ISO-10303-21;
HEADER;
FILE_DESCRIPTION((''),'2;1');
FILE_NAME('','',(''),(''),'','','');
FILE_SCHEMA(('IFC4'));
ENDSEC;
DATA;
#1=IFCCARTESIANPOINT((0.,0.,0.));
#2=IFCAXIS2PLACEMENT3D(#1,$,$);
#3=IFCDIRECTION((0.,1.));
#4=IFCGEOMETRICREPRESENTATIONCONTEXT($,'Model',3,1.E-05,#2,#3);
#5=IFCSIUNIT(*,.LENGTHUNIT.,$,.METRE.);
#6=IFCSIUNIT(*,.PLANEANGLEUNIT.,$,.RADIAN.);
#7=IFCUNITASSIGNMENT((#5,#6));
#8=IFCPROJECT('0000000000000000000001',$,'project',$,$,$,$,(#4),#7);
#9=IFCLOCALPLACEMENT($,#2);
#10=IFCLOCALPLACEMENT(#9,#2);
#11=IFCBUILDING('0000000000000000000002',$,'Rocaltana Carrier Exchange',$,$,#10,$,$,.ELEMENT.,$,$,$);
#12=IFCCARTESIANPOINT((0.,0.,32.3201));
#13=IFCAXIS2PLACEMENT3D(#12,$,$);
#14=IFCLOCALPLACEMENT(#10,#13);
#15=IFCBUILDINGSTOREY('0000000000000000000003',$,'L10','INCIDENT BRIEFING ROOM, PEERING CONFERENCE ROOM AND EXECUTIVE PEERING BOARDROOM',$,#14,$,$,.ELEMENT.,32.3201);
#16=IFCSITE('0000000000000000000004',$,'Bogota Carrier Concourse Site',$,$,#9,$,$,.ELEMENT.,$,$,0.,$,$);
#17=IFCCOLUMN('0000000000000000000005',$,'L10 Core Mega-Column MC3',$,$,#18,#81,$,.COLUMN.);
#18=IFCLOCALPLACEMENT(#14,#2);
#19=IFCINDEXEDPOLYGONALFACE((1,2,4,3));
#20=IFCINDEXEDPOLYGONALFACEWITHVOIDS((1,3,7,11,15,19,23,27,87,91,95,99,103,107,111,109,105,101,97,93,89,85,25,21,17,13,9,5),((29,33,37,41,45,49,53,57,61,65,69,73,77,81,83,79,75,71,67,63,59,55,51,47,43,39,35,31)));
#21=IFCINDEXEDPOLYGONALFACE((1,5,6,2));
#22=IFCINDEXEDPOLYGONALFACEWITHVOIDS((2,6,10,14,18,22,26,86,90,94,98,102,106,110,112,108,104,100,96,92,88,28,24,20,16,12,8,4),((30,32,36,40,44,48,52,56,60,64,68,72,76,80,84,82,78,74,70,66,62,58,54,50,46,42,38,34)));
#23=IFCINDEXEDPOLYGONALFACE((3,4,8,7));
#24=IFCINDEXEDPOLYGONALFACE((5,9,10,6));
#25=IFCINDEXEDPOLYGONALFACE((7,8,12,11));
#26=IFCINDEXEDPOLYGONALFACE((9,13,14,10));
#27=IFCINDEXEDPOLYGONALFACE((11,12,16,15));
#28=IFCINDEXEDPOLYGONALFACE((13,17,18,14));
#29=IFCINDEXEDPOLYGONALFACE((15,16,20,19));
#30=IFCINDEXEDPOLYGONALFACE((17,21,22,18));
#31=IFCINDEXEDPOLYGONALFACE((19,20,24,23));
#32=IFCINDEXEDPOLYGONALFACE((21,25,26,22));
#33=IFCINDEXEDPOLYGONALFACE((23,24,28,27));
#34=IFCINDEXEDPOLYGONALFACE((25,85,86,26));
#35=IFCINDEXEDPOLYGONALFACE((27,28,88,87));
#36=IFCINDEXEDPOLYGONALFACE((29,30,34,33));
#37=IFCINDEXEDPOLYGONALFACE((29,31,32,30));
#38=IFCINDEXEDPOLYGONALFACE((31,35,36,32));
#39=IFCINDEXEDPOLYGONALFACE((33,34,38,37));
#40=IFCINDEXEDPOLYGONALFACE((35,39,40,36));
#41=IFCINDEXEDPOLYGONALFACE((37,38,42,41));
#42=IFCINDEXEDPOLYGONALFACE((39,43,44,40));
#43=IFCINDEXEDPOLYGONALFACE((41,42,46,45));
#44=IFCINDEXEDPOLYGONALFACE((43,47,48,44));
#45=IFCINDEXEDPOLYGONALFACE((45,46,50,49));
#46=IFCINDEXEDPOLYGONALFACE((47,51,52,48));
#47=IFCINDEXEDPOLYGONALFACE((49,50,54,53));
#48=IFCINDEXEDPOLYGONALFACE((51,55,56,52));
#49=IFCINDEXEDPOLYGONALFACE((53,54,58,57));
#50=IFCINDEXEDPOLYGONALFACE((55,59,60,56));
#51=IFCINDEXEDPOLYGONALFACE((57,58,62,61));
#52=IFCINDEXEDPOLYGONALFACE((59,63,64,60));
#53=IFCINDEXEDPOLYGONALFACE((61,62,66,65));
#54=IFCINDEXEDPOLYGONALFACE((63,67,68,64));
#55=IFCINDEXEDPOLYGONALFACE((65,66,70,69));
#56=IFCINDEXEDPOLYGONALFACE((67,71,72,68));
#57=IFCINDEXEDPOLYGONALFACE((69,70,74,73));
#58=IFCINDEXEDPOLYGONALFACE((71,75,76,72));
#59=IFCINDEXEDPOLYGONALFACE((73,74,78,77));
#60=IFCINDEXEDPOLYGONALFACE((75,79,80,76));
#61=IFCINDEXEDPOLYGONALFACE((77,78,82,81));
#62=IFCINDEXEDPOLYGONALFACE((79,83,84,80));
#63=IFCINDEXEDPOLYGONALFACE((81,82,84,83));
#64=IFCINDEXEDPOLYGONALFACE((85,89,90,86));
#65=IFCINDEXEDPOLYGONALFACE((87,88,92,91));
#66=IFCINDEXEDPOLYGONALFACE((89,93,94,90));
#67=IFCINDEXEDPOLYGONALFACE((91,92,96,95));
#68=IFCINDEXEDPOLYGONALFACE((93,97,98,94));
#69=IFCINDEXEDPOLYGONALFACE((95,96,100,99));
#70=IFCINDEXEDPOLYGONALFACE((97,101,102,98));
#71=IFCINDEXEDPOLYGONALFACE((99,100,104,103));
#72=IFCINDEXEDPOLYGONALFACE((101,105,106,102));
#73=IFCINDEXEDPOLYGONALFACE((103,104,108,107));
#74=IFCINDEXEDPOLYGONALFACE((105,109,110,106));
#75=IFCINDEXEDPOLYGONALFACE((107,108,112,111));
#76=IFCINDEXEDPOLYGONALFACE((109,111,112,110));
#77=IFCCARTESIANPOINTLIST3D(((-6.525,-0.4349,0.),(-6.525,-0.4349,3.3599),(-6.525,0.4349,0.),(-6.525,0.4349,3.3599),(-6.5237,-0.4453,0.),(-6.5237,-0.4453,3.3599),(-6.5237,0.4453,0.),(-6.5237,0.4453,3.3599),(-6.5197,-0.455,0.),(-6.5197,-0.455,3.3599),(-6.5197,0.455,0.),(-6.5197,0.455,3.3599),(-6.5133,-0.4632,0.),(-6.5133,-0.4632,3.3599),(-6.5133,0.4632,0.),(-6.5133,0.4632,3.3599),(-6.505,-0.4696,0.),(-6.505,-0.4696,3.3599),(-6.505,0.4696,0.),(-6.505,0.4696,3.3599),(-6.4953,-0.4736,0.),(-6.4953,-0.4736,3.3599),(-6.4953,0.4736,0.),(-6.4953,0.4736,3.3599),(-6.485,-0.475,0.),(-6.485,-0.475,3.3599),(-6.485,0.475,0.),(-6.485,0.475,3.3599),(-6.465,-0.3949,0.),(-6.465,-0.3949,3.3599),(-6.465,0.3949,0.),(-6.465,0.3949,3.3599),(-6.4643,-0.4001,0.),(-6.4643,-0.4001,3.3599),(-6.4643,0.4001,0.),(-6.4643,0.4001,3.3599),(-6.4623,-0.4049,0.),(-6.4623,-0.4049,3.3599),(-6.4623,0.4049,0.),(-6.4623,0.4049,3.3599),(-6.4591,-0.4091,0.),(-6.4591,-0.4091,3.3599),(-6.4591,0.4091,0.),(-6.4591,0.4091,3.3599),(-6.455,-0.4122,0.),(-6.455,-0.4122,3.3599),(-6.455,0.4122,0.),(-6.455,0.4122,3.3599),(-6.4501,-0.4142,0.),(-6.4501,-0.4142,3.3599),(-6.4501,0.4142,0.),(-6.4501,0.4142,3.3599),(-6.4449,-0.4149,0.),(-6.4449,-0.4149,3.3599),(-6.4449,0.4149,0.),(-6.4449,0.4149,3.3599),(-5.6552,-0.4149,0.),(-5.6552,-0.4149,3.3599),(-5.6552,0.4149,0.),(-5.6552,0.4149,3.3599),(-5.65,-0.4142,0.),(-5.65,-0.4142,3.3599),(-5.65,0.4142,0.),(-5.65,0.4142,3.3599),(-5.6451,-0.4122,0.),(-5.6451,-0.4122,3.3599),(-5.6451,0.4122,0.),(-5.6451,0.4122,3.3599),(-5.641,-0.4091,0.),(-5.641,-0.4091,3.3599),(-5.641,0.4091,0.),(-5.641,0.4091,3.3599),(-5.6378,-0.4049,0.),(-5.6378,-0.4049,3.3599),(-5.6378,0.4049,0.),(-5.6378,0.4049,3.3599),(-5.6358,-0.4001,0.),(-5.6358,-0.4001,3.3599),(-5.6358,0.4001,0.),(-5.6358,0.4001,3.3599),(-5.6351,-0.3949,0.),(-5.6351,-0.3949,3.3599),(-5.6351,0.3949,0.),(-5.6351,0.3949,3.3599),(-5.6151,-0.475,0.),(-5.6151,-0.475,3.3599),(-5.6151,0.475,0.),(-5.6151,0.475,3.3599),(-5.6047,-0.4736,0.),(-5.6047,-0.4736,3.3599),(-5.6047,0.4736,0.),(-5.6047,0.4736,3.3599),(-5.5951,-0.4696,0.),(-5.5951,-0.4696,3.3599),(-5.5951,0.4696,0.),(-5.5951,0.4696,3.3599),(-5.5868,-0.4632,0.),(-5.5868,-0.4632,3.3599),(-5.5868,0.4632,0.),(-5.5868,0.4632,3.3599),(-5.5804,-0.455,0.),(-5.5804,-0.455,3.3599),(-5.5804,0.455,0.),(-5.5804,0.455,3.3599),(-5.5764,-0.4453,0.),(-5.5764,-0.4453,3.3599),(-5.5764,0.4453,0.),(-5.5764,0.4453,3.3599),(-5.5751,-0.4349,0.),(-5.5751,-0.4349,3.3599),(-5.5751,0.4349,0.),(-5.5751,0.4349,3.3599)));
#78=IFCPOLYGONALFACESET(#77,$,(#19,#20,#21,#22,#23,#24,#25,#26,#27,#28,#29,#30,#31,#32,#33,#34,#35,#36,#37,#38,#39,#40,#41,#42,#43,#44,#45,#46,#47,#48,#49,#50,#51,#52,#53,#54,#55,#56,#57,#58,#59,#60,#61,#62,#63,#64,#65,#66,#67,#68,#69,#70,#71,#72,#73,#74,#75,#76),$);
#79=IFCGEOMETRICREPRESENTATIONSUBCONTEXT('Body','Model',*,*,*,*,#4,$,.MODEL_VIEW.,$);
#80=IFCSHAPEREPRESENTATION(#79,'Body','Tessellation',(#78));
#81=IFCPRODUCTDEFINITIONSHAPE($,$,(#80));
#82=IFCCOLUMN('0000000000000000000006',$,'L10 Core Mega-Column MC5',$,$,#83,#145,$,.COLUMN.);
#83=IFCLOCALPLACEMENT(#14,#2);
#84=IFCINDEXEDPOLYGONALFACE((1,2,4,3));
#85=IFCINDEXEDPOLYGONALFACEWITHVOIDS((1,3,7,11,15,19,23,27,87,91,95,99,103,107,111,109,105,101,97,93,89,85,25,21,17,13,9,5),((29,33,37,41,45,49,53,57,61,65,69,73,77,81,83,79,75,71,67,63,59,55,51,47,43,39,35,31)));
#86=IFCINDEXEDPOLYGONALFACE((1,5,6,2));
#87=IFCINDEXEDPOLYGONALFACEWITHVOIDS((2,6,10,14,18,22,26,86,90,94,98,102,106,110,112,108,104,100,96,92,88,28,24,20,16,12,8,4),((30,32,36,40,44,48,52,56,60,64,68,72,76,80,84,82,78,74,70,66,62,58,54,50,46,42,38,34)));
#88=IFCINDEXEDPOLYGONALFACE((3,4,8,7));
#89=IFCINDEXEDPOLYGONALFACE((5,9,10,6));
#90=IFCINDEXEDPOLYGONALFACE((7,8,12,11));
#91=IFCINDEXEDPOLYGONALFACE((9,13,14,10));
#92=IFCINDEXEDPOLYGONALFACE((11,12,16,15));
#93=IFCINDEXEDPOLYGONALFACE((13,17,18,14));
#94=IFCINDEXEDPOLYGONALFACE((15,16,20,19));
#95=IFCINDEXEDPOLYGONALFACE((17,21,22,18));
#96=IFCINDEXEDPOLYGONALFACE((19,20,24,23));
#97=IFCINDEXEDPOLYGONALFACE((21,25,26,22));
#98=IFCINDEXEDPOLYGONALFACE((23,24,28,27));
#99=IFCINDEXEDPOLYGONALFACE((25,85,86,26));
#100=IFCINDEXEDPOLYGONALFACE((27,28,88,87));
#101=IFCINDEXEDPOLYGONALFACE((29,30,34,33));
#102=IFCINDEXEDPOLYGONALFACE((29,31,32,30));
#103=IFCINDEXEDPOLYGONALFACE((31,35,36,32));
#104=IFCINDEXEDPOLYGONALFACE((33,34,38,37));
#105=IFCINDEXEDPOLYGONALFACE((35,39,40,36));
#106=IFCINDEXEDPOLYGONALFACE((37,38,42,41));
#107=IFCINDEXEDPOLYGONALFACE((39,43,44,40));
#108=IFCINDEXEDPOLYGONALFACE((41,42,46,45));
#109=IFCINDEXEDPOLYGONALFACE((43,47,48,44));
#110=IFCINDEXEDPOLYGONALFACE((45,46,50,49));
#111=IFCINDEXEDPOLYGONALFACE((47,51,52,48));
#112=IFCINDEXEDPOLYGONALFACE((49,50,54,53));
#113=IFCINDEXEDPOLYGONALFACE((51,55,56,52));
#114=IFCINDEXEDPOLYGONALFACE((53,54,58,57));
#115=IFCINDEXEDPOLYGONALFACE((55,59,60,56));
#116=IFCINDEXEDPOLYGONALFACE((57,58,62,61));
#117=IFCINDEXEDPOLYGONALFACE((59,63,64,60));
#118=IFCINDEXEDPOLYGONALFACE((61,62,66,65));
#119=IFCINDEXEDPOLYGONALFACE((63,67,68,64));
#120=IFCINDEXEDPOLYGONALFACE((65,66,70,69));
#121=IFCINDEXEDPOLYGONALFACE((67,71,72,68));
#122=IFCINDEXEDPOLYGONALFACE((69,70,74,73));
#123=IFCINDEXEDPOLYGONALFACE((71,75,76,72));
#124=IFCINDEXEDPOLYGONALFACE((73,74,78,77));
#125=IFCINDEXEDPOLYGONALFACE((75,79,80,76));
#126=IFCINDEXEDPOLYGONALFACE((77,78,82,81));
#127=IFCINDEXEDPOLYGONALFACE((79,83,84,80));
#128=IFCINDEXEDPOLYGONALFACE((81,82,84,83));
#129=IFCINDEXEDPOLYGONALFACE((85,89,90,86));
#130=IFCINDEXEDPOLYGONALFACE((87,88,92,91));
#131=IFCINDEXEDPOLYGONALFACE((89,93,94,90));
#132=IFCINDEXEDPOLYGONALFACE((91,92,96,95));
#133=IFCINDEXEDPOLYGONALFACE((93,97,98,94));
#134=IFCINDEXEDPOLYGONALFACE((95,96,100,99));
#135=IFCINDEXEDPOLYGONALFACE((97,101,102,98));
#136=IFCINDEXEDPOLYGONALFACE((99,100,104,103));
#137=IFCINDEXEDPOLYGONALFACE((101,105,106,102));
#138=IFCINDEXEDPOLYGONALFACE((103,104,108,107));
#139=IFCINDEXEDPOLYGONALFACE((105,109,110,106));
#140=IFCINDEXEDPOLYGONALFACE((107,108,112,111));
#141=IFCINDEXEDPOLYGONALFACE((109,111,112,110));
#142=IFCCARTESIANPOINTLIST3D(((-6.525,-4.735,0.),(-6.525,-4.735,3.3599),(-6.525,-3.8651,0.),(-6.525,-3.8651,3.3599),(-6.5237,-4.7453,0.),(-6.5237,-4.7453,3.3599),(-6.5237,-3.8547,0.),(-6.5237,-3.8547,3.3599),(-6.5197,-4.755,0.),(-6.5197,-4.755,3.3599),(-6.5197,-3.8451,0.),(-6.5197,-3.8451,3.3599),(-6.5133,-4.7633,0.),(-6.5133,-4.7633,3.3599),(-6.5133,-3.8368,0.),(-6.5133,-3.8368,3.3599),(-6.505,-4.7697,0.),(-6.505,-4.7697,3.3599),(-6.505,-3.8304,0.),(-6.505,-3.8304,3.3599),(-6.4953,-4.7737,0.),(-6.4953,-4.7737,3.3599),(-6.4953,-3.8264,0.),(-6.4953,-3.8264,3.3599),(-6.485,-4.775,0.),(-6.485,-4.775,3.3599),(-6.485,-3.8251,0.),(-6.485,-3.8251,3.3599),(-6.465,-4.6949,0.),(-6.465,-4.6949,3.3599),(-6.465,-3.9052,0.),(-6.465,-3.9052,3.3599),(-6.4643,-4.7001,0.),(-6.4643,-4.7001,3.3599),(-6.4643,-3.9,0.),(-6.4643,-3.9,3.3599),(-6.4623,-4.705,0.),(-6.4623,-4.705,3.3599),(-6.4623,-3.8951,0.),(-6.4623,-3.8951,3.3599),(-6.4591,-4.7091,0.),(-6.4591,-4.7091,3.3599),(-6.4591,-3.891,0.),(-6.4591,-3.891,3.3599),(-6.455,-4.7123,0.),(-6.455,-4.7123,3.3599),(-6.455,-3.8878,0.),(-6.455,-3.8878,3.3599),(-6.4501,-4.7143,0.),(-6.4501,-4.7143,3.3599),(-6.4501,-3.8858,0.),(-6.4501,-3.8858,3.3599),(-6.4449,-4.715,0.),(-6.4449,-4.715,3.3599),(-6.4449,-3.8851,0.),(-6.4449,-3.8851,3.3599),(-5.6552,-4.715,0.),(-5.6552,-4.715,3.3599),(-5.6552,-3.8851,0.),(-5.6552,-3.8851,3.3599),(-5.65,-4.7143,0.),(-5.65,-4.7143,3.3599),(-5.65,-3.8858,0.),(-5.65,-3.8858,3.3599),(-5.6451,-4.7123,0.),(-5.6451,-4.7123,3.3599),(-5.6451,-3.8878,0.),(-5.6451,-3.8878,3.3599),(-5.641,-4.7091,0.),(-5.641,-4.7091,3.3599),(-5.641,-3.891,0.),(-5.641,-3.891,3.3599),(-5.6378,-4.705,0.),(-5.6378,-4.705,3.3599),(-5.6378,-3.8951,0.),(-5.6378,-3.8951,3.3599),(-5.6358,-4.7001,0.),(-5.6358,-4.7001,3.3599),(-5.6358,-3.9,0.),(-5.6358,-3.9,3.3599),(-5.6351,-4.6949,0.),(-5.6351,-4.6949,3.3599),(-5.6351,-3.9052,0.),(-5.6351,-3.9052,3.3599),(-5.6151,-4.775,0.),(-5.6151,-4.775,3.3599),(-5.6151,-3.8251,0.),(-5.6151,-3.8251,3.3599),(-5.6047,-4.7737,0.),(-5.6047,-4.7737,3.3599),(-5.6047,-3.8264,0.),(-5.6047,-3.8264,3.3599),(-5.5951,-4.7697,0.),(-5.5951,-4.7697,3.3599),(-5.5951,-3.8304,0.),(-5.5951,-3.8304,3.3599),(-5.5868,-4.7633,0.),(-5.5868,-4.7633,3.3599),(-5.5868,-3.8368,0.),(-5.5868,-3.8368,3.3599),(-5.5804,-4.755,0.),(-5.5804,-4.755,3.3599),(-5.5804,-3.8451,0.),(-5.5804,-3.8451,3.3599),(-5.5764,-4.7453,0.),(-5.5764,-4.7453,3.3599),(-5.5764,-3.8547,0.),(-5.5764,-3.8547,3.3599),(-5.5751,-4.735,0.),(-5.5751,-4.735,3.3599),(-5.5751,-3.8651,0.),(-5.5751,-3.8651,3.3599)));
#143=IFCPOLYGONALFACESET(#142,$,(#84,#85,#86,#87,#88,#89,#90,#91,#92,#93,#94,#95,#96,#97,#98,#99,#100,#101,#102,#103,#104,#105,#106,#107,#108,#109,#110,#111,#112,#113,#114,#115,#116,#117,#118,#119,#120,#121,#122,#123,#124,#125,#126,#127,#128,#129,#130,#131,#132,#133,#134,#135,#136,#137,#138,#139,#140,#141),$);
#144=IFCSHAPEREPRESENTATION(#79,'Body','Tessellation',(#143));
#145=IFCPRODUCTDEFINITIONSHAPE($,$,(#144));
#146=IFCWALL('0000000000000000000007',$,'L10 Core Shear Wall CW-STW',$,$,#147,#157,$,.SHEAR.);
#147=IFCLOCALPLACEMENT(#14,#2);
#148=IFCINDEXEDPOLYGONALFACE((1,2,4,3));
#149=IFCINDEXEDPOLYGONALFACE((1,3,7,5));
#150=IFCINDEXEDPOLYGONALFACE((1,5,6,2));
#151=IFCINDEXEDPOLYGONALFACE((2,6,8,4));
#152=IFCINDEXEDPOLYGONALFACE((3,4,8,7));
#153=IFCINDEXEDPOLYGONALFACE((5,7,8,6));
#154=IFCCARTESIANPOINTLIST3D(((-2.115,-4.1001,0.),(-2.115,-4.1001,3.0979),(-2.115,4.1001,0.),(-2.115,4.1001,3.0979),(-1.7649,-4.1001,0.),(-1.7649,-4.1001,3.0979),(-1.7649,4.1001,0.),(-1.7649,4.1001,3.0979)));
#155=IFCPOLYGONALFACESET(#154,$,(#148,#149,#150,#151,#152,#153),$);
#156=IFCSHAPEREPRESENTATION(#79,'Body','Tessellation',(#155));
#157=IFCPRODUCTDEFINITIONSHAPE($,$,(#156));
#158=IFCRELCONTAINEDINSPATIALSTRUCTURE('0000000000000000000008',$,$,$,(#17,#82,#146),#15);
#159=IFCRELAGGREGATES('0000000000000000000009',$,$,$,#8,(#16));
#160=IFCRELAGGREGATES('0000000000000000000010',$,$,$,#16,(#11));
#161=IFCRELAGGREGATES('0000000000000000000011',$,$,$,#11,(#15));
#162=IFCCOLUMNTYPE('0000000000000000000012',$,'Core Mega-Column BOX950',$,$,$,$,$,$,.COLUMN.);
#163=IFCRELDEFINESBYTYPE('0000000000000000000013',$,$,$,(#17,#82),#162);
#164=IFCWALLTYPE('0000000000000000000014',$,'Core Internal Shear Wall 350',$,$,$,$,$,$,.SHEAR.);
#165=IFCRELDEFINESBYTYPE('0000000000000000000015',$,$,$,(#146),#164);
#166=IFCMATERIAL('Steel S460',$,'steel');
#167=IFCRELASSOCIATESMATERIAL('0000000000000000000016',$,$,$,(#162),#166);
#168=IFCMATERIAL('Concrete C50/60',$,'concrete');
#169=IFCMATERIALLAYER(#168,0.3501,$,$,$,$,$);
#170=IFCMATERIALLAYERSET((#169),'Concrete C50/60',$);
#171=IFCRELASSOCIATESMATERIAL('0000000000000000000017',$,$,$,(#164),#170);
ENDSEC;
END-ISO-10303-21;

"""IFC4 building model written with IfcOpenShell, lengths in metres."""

from ifc_helpers import new_model, si_unit, direction, frame, frame_2d, origin, origin_2d, place, context, subcontext, project, spatial, rectangle, hollow_rectangle, extrude, material, layer, layer_set, material_profile, profile_set, type_object, element, save


model = new_model("IFC4")

# Units and contexts
model_context = context("Model", 3, precision=1e-05, world=origin(), true_north=direction((0.0, 1.0)))
body_context = subcontext(model_context, "Body", "Model", "MODEL_VIEW")
ifc_project = project(units=[si_unit("LENGTHUNIT", "METRE"), si_unit("PLANEANGLEUNIT", "RADIAN")], contexts=[model_context])

# Site, building, storey
site_placement = place(None, origin())
site = spatial("IfcSite", under=ifc_project, at=site_placement, Name="Bogota Carrier Concourse Site", CompositionType="ELEMENT", RefElevation=0.0)
building_placement = place(site_placement, origin())
building = spatial("IfcBuilding", under=site, at=building_placement, Name="Rocaltana Carrier Exchange", CompositionType="ELEMENT")
storey_placement = place(building_placement, frame((0.0, 0.0, 32.3201)))
storey = spatial("IfcBuildingStorey", under=building, at=storey_placement, Name="L10", Description="INCIDENT BRIEFING ROOM, PEERING CONFERENCE ROOM AND EXECUTIVE PEERING BOARDROOM", CompositionType="ELEMENT", Elevation=32.3201)

# Columns
ifc_material_1 = material(Name="Steel S460", Category="steel")
ifc_material_profile = material_profile(ifc_material_1, hollow_rectangle(XDim=0.95, YDim=0.95, WallThickness=0.0601, InnerFilletRadius=0.02, OuterFilletRadius=0.04, at=origin_2d()), Name="BOX950X950X60")
ifc_profile_set = profile_set([ifc_material_profile], Name="Steel S460")
column_type = type_object("IfcColumnType", Name="Core Mega-Column BOX950", PredefinedType="COLUMN", material=ifc_profile_set)
for number, where, z_axis, x_axis, name in (
    (1, (-6.05, 0.0, 0.0), (0.0, 0.0, 1.0), (1.0, 0.0, 0.0), "L10 Core Mega-Column MC3"),
    (2, (-6.05, -4.3, 0.0), (0.0, 0.0, 1.0), (1.0, 0.0, 0.0), "L10 Core Mega-Column MC5"),
):
    element("IfcColumn", number, at=place(storey_placement, frame(where, z_axis=z_axis, x_axis=x_axis)), inside=storey, type_object=column_type, Name=name, PredefinedType="COLUMN", context=body_context, shape_type="SweptSolid", body=[
        extrude(hollow_rectangle(XDim=0.95, YDim=0.95, WallThickness=0.0601, InnerFilletRadius=0.02, OuterFilletRadius=0.04, at=origin_2d()), origin(), (0.0, 0.0, 1.0), 3.3599),
    ])

# Wall
ifc_material_2 = material(Name="Concrete C50/60", Category="concrete")
ifc_layer_1 = layer(ifc_material_2, 0.3501)
ifc_layer_set_1 = layer_set([ifc_layer_1], Name="Concrete C50/60")
wall_type_1 = type_object("IfcWallType", Name="Core Internal Shear Wall 350", PredefinedType="SHEAR", material=ifc_layer_set_1)
wall_1_placement = place(storey_placement, frame((-1.9399, -4.1001, 0.0), z_axis=(0.0, 0.0, 1.0), x_axis=(0.0, 1.0, 0.0)))
element("IfcWall", 3, at=wall_1_placement, inside=storey, type_object=wall_type_1, Name="L10 Core Shear Wall CW-STW", PredefinedType="SHEAR", context=body_context, shape_type="SweptSolid", body=[
    extrude(rectangle(XDim=8.2002, YDim=0.3501, at=frame_2d((4.1001, 0.0))), origin(), (0.0, 0.0, 1.0), 3.0979),
])

save(model, "model.ifc")
